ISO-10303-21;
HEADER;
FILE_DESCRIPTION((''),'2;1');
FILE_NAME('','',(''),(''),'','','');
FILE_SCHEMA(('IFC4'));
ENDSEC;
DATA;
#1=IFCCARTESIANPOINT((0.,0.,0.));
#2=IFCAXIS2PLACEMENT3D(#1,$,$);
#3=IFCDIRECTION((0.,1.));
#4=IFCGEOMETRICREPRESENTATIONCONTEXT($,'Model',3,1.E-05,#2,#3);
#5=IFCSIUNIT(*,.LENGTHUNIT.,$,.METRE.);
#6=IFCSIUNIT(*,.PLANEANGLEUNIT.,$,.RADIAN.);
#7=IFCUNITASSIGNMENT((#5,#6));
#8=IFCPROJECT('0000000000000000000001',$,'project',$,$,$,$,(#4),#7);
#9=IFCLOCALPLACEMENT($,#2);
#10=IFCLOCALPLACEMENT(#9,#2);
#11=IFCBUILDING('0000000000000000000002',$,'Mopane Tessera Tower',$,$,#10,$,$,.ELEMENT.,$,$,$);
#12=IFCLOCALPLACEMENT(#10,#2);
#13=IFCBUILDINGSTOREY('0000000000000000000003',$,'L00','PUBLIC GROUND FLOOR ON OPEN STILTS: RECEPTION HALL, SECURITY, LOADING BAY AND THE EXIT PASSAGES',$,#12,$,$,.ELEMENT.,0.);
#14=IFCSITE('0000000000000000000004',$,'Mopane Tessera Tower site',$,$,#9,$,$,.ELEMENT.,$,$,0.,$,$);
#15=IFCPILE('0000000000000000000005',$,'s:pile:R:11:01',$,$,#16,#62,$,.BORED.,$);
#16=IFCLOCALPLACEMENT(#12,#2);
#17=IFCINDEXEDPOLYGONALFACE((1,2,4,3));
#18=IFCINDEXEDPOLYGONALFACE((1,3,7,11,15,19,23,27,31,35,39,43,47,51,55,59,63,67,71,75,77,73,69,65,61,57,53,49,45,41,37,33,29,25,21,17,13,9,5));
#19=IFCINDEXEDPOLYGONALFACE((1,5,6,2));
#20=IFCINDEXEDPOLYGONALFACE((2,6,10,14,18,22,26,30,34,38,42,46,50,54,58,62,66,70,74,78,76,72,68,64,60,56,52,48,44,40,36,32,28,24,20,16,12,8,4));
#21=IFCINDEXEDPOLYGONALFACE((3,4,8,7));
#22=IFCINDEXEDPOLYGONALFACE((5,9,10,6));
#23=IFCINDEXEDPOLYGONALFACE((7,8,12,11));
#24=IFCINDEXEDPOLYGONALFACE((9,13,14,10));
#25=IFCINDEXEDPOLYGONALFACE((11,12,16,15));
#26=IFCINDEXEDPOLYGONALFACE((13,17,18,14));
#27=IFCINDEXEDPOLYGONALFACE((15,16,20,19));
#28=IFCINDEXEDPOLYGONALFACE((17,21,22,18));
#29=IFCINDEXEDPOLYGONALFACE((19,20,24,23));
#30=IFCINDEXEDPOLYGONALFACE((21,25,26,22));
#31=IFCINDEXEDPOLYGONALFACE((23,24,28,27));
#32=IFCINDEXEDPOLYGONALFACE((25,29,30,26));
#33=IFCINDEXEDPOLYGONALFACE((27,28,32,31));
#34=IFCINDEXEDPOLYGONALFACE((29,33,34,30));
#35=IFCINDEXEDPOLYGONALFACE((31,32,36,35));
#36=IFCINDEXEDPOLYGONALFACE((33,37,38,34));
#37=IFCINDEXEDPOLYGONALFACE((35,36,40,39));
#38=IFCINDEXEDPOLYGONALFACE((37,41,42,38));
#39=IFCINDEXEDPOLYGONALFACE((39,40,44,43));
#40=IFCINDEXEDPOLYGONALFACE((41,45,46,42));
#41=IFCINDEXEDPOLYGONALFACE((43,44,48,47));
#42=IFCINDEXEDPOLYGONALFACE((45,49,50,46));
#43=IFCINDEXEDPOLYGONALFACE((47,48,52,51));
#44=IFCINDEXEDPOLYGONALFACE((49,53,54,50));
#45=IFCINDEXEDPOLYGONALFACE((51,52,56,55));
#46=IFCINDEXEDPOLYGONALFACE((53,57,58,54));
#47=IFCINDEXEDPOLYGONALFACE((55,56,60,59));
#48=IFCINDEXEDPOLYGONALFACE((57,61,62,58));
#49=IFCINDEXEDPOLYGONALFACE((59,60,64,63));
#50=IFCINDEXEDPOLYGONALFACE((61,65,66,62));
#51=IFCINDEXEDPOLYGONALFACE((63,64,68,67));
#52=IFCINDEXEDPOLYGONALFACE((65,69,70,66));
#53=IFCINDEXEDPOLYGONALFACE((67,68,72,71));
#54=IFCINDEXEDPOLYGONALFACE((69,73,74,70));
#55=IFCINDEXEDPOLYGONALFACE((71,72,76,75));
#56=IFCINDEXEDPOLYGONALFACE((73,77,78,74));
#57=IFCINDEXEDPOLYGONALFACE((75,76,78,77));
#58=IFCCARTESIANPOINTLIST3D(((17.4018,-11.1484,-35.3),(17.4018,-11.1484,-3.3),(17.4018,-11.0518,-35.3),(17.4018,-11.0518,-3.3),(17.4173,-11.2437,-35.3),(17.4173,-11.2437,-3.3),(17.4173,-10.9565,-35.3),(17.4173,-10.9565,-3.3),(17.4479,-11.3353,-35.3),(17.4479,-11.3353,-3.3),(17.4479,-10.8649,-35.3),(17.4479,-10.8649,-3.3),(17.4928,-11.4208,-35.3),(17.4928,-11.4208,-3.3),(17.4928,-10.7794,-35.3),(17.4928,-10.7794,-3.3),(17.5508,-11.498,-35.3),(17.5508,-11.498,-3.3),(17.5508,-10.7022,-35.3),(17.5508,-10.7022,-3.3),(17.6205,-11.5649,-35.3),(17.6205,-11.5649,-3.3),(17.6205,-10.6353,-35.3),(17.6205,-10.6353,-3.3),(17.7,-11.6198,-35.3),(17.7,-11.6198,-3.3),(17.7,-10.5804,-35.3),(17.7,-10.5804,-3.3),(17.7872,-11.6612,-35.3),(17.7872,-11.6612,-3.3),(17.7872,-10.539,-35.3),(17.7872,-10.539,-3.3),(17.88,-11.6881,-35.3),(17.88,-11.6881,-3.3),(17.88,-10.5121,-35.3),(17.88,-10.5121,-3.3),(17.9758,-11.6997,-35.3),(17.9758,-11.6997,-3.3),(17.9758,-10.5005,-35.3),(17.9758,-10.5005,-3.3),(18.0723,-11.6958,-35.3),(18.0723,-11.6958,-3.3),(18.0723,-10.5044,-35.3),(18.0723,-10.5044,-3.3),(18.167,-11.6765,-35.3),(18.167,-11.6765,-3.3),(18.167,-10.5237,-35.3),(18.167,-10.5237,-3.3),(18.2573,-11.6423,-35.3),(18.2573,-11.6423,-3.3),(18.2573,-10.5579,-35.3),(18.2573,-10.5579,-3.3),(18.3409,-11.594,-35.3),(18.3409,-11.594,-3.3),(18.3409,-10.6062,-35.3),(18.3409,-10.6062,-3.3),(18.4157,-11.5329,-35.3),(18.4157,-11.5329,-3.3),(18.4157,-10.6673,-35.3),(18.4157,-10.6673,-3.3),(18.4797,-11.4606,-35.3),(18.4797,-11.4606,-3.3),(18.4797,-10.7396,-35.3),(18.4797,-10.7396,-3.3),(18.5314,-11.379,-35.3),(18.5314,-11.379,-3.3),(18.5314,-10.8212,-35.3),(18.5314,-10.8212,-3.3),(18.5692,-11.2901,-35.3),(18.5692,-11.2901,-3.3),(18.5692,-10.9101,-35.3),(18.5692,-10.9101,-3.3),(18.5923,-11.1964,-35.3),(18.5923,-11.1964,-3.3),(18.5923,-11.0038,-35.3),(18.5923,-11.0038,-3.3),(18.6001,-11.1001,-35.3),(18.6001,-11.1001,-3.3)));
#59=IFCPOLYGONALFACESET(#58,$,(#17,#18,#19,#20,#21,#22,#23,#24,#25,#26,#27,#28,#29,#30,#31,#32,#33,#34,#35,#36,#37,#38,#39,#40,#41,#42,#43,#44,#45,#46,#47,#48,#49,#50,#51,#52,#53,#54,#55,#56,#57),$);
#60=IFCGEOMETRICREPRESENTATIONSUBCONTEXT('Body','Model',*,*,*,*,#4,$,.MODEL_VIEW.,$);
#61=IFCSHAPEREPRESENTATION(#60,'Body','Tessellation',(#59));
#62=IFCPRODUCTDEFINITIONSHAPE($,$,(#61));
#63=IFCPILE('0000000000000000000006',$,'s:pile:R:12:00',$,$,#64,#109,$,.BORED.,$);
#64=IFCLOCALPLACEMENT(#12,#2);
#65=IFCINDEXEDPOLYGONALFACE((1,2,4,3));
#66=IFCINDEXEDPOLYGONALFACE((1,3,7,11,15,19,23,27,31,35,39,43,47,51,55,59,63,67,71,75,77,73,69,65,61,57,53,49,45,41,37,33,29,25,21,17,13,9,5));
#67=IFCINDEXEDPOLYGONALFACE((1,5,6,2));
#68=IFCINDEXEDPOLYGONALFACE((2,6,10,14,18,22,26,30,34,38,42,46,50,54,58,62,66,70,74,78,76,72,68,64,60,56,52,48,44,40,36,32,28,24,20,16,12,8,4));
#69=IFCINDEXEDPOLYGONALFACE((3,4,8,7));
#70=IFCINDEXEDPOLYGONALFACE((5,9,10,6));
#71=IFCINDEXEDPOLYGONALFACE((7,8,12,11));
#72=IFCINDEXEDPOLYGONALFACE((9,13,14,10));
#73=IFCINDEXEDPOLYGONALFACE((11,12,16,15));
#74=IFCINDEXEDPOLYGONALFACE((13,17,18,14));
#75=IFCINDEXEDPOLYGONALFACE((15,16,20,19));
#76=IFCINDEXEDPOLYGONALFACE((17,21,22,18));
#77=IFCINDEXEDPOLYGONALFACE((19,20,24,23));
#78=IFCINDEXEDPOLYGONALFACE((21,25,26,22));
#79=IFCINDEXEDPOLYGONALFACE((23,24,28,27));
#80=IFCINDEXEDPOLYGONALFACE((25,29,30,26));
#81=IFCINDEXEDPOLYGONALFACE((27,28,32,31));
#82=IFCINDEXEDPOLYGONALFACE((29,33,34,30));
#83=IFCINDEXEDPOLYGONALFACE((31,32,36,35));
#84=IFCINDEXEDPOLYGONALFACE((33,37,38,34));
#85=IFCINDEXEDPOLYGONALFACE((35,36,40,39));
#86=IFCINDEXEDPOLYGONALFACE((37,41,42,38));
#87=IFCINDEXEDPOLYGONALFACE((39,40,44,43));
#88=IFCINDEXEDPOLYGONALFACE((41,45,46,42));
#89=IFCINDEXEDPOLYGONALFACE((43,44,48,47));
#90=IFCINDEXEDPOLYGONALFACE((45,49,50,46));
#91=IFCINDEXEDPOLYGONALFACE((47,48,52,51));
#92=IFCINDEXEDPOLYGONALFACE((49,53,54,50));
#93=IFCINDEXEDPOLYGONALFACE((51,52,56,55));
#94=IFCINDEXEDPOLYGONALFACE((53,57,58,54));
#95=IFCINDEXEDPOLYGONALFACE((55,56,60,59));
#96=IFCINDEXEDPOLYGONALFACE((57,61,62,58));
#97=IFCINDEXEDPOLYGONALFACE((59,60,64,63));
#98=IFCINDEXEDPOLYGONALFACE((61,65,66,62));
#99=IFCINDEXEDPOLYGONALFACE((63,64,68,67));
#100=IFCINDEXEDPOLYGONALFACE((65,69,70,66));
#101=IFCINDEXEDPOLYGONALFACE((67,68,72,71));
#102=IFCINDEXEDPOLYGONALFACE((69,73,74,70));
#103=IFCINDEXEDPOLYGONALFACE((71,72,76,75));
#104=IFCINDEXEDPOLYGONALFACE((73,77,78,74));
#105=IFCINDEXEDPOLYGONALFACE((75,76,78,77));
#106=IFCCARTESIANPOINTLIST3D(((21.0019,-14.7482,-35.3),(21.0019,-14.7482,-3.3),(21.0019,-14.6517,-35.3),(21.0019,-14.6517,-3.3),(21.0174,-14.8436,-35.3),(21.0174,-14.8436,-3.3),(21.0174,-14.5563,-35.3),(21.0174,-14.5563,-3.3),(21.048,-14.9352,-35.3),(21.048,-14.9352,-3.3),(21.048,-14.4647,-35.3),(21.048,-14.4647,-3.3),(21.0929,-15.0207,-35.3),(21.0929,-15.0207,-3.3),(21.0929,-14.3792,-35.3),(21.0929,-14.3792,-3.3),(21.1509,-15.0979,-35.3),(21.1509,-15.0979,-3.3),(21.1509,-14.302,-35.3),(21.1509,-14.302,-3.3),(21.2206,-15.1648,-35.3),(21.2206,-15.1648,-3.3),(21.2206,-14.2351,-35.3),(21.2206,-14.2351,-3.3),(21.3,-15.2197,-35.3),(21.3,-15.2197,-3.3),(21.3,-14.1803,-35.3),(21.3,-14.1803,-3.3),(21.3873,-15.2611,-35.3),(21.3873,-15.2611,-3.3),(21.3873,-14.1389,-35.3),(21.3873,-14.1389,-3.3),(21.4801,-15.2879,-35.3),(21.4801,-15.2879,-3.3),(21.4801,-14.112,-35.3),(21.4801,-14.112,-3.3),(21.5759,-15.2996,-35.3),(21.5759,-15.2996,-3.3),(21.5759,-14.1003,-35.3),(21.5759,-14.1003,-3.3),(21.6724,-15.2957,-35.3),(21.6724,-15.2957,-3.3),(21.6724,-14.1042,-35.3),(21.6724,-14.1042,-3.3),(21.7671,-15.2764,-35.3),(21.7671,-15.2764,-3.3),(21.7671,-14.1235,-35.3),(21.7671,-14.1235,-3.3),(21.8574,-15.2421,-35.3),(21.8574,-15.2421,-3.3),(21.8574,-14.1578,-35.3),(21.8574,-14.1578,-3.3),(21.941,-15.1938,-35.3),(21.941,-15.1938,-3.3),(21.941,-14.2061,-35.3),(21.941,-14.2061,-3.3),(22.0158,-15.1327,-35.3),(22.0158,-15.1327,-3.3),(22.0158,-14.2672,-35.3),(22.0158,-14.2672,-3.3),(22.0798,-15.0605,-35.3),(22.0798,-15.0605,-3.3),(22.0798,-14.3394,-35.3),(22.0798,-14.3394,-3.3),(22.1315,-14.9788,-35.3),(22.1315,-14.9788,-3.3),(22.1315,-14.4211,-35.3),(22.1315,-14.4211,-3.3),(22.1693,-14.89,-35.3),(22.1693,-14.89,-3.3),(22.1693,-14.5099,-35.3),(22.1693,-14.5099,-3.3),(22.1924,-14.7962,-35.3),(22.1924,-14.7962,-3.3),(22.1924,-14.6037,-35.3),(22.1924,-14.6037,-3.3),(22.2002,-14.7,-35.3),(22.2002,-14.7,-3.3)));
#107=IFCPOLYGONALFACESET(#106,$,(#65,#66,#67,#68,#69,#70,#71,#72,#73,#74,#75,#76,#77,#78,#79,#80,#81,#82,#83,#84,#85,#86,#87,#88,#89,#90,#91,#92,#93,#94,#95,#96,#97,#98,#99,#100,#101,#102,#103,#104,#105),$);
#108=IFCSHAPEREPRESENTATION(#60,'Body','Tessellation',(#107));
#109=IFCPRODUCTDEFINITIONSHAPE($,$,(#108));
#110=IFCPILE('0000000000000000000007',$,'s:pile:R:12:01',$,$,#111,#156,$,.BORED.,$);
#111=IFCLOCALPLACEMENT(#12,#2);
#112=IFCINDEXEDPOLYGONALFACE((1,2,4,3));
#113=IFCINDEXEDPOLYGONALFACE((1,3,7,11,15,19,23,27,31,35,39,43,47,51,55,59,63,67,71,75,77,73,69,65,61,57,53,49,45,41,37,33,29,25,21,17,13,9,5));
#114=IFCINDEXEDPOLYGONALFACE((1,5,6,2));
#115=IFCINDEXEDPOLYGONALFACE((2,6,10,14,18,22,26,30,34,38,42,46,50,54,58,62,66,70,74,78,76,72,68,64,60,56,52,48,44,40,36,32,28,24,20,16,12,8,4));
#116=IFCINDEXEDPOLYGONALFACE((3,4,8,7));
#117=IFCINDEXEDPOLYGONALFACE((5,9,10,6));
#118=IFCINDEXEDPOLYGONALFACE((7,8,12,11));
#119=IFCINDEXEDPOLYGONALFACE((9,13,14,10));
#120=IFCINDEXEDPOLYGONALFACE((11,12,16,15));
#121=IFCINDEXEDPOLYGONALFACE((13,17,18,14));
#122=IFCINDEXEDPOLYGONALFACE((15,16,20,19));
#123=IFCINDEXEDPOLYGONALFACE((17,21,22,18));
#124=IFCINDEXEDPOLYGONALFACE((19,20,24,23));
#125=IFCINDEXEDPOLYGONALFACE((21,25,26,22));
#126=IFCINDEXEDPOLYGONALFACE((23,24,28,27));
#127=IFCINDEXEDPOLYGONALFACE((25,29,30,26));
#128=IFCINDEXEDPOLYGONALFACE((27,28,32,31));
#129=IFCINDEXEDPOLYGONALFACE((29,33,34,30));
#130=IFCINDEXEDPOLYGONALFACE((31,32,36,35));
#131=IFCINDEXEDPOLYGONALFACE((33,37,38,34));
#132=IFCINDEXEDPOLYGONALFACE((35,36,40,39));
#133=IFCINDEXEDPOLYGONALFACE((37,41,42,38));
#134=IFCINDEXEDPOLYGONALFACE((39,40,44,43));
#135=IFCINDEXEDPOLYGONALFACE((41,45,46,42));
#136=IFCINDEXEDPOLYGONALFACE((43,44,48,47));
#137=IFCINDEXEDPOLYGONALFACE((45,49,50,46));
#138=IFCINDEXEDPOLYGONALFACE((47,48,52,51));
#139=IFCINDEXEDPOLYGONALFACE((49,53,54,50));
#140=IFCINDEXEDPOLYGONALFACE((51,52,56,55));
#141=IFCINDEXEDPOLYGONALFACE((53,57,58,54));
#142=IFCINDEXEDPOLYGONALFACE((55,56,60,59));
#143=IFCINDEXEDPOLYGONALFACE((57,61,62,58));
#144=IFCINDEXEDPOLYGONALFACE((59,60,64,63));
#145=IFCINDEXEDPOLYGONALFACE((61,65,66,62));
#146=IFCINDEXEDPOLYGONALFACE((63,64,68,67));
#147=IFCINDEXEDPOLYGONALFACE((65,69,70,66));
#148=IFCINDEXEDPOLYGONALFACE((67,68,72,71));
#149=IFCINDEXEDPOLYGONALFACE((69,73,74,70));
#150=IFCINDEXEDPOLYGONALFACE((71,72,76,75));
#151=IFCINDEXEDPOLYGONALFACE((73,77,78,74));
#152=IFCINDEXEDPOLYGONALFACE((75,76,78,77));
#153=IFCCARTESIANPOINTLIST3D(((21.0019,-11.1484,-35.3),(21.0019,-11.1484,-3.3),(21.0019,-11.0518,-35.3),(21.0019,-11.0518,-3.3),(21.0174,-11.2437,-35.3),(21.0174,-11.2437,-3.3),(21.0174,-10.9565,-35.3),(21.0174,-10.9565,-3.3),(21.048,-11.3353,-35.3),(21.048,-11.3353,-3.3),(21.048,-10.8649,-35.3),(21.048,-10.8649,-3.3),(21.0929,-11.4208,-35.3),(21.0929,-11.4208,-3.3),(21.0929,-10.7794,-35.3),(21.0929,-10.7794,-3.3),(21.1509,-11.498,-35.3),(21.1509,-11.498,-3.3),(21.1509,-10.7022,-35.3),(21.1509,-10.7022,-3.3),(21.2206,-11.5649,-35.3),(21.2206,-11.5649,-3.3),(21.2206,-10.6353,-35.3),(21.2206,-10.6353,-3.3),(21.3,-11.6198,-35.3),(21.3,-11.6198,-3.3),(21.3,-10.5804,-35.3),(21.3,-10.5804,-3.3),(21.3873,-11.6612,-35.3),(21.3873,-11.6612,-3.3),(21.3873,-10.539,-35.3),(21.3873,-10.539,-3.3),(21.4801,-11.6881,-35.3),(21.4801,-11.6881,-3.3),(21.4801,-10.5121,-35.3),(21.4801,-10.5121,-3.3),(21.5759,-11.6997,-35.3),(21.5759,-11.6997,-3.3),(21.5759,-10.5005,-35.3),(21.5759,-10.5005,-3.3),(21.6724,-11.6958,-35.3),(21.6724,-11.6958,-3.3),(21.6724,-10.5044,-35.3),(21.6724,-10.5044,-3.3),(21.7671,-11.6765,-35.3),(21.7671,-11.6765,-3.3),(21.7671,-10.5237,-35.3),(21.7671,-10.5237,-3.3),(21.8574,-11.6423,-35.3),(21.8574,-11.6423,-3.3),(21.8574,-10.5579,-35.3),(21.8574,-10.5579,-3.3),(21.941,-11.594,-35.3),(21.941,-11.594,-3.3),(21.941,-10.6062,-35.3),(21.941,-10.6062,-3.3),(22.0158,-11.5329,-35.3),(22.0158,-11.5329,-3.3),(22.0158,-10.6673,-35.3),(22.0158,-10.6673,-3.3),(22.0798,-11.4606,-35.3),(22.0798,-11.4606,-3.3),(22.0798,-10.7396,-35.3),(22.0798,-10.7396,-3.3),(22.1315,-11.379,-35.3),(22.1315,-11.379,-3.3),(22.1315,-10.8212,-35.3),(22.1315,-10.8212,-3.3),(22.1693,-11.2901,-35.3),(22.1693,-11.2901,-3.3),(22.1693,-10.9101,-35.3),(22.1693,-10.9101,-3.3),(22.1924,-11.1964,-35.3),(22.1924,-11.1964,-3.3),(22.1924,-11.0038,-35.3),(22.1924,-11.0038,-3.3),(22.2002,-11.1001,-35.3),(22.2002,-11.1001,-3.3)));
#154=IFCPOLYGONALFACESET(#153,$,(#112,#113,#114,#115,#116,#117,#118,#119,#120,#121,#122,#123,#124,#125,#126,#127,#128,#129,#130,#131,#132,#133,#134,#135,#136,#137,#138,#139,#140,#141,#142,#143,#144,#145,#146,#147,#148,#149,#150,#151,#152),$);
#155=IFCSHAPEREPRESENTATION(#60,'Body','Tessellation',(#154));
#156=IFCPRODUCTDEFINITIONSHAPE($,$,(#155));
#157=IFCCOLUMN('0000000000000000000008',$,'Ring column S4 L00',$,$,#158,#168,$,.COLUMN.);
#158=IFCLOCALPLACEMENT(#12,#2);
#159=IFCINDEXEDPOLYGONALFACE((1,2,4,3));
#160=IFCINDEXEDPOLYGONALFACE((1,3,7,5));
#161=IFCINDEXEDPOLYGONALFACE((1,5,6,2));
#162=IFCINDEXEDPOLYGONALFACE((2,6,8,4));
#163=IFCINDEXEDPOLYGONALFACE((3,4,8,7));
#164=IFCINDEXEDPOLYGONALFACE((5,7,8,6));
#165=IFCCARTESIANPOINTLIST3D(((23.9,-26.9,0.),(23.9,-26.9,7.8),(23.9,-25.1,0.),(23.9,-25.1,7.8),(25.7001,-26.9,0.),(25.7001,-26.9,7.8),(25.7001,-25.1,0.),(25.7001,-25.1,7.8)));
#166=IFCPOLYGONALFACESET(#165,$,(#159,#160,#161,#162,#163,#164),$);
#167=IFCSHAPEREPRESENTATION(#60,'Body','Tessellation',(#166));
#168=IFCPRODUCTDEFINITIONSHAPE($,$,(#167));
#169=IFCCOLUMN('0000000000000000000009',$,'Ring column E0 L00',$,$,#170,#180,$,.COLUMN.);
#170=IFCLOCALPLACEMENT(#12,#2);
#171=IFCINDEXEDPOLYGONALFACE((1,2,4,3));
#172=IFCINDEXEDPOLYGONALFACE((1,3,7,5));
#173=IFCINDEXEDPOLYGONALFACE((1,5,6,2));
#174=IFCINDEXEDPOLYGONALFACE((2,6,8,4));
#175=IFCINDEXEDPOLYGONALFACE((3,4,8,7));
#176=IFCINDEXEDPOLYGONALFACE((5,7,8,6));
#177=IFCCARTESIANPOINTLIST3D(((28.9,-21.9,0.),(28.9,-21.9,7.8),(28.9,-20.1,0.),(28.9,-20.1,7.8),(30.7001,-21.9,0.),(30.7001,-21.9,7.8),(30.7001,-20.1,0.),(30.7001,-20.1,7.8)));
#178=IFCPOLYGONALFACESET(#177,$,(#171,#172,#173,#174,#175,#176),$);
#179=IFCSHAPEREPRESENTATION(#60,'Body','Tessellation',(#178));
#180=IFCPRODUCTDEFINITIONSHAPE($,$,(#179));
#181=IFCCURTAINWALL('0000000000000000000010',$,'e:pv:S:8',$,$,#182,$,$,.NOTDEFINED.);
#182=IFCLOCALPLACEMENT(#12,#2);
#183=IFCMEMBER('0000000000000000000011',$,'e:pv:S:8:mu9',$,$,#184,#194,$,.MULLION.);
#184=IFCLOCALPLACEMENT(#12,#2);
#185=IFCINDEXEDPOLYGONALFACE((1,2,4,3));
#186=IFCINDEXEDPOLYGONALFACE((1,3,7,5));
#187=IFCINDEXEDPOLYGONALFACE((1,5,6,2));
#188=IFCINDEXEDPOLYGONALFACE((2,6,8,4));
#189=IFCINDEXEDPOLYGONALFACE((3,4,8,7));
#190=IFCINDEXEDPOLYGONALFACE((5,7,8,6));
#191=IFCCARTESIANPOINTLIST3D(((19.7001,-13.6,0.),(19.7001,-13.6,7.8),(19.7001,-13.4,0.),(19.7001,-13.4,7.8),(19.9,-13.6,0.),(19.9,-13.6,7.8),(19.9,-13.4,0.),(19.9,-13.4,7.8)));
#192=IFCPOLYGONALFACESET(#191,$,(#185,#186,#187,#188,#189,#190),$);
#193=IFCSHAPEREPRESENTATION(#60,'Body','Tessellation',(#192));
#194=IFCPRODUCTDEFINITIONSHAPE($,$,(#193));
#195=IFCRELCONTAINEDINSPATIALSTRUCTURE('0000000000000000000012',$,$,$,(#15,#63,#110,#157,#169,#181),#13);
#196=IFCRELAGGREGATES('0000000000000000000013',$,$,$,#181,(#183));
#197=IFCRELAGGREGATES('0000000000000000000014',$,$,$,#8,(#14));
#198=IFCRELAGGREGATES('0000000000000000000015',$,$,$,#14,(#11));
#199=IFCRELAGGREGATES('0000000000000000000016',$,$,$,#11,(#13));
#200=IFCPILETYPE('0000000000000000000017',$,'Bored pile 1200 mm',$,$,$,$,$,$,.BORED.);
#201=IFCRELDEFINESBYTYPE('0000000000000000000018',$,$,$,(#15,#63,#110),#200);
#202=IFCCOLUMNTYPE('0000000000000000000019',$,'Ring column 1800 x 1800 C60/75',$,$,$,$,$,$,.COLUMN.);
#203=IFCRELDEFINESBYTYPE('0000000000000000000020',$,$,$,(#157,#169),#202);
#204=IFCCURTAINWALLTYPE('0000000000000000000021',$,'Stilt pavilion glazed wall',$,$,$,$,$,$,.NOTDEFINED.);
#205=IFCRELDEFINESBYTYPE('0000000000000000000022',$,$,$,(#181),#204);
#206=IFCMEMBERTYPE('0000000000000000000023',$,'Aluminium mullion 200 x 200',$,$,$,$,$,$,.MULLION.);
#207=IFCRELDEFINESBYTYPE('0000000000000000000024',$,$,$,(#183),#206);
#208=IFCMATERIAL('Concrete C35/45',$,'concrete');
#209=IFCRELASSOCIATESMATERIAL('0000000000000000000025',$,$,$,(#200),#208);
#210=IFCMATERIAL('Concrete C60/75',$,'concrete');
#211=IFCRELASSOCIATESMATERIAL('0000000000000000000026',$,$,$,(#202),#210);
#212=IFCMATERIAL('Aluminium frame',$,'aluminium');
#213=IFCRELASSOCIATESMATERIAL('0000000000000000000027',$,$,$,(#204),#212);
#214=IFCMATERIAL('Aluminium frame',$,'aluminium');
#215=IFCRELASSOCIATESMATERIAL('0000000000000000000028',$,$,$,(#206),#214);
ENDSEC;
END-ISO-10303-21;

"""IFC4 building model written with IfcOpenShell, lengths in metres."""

from ifc_helpers import new_model, si_unit, direction, frame, origin, origin_2d, place, context, subcontext, project, spatial, rectangle, circle, extrude, material, material_profile, profile_set, type_object, element, aggregate, save


model = new_model("IFC4")

# Units and contexts
model_context = context("Model", 3, precision=1e-05, world=origin(), true_north=direction((0.0, 1.0)))
body_context = subcontext(model_context, "Body", "Model", "MODEL_VIEW")
ifc_project = project(units=[si_unit("LENGTHUNIT", "METRE"), si_unit("PLANEANGLEUNIT", "RADIAN")], contexts=[model_context])

# Site, building, storey
site_placement = place(None, origin())
site = spatial("IfcSite", under=ifc_project, at=site_placement, Name="Mopane Tessera Tower site", CompositionType="ELEMENT", RefElevation=0.0)
building_placement = place(site_placement, origin())
building = spatial("IfcBuilding", under=site, at=building_placement, Name="Mopane Tessera Tower", CompositionType="ELEMENT")
storey_placement = place(building_placement, origin())
storey = spatial("IfcBuildingStorey", under=building, at=storey_placement, Name="L00", Description="PUBLIC GROUND FLOOR ON OPEN STILTS: RECEPTION HALL, SECURITY, LOADING BAY AND THE EXIT PASSAGES", CompositionType="ELEMENT", Elevation=0.0)

# Piles
ifc_material_1 = material(Name="Concrete C35/45", Category="concrete")
ifc_material_profile_1 = material_profile(ifc_material_1, circle(Radius=0.6001, at=origin_2d()))
ifc_profile_set_1 = profile_set([ifc_material_profile_1], Name="Concrete C35/45")
pile_type_1 = type_object("IfcPileType", Name="Bored pile 1200 mm", PredefinedType="BORED", material=ifc_profile_set_1)
for number, where, z_axis, x_axis, name in (
    (1, (18.0, -11.1001, -3.3), (0.0, 0.0, -1.0), (1.0, 0.0, 0.0), "s:pile:R:11:01"),
    (2, (21.6001, -14.7, -3.3), (0.0, 0.0, -1.0), (1.0, 0.0, 0.0), "s:pile:R:12:00"),
    (3, (21.6001, -11.1001, -3.3), (0.0, 0.0, -1.0), (1.0, 0.0, 0.0), "s:pile:R:12:01"),
):
    element("IfcPile", number, at=place(storey_placement, frame(where, z_axis=z_axis, x_axis=x_axis)), inside=storey, type_object=pile_type_1, Name=name, PredefinedType="BORED", context=body_context, shape_type="SweptSolid", body=[
        extrude(circle(Radius=0.6001, at=origin_2d()), origin(), (0.0, 0.0, 1.0), 32.0),
    ])

# Columns
ifc_material_2 = material(Name="Concrete C60/75", Category="concrete")
ifc_material_profile_2 = material_profile(ifc_material_2, rectangle(XDim=1.8, YDim=1.8, at=origin_2d()))
ifc_profile_set_2 = profile_set([ifc_material_profile_2], Name="Concrete C60/75")
column_type = type_object("IfcColumnType", Name="Ring column 1800 x 1800 C60/75", PredefinedType="COLUMN", material=ifc_profile_set_2)
for number, where, z_axis, x_axis, name in (
    (4, (24.8, -26.0, 0.0), (0.0, 0.0, 1.0), (1.0, 0.0, 0.0), "Ring column S4 L00"),
    (5, (29.8, -21.0, 0.0), (0.0, 0.0, 1.0), (1.0, 0.0, 0.0), "Ring column E0 L00"),
):
    element("IfcColumn", number, at=place(storey_placement, frame(where, z_axis=z_axis, x_axis=x_axis)), inside=storey, type_object=column_type, Name=name, PredefinedType="COLUMN", context=body_context, shape_type="SweptSolid", body=[
        extrude(rectangle(XDim=1.8, YDim=1.8, at=origin_2d()), origin(), (0.0, 0.0, 1.0), 7.8),
    ])

# Curtain wall, member
ifc_material_3 = material(Name="Aluminium frame", Category="aluminium")
curtain_wall_type = type_object("IfcCurtainWallType", Name="Stilt pavilion glazed wall", PredefinedType="NOTDEFINED", material=ifc_material_3)
curtain_wall_1_placement = place(storey_placement, origin())
curtain_wall_1 = element("IfcCurtainWall", 6, at=curtain_wall_1_placement, inside=storey, type_object=curtain_wall_type, Name="e:pv:S:8", PredefinedType="NOTDEFINED")
ifc_material_4 = material(Name="Aluminium frame", Category="aluminium")
ifc_material_profile_3 = material_profile(ifc_material_4, rectangle(XDim=0.2, YDim=0.2, at=origin_2d()))
ifc_profile_set_3 = profile_set([ifc_material_profile_3], Name="Aluminium frame")
member_type_1 = type_object("IfcMemberType", Name="Aluminium mullion 200 x 200", PredefinedType="MULLION", material=ifc_profile_set_3)
member_1_placement = place(storey_placement, frame((19.8, -13.5, 0.0), z_axis=(0.0, 0.0, 1.0), x_axis=(1.0, 0.0, 0.0)))
member_1 = element("IfcMember", 7, at=member_1_placement, type_object=member_type_1, Name="e:pv:S:8:mu9", PredefinedType="MULLION", context=body_context, shape_type="SweptSolid", body=[
    extrude(rectangle(XDim=0.2, YDim=0.2, at=origin_2d()), origin(), (0.0, 0.0, 1.0), 7.8),
])
aggregate(curtain_wall_1, [member_1])

save(model, "model.ifc")
